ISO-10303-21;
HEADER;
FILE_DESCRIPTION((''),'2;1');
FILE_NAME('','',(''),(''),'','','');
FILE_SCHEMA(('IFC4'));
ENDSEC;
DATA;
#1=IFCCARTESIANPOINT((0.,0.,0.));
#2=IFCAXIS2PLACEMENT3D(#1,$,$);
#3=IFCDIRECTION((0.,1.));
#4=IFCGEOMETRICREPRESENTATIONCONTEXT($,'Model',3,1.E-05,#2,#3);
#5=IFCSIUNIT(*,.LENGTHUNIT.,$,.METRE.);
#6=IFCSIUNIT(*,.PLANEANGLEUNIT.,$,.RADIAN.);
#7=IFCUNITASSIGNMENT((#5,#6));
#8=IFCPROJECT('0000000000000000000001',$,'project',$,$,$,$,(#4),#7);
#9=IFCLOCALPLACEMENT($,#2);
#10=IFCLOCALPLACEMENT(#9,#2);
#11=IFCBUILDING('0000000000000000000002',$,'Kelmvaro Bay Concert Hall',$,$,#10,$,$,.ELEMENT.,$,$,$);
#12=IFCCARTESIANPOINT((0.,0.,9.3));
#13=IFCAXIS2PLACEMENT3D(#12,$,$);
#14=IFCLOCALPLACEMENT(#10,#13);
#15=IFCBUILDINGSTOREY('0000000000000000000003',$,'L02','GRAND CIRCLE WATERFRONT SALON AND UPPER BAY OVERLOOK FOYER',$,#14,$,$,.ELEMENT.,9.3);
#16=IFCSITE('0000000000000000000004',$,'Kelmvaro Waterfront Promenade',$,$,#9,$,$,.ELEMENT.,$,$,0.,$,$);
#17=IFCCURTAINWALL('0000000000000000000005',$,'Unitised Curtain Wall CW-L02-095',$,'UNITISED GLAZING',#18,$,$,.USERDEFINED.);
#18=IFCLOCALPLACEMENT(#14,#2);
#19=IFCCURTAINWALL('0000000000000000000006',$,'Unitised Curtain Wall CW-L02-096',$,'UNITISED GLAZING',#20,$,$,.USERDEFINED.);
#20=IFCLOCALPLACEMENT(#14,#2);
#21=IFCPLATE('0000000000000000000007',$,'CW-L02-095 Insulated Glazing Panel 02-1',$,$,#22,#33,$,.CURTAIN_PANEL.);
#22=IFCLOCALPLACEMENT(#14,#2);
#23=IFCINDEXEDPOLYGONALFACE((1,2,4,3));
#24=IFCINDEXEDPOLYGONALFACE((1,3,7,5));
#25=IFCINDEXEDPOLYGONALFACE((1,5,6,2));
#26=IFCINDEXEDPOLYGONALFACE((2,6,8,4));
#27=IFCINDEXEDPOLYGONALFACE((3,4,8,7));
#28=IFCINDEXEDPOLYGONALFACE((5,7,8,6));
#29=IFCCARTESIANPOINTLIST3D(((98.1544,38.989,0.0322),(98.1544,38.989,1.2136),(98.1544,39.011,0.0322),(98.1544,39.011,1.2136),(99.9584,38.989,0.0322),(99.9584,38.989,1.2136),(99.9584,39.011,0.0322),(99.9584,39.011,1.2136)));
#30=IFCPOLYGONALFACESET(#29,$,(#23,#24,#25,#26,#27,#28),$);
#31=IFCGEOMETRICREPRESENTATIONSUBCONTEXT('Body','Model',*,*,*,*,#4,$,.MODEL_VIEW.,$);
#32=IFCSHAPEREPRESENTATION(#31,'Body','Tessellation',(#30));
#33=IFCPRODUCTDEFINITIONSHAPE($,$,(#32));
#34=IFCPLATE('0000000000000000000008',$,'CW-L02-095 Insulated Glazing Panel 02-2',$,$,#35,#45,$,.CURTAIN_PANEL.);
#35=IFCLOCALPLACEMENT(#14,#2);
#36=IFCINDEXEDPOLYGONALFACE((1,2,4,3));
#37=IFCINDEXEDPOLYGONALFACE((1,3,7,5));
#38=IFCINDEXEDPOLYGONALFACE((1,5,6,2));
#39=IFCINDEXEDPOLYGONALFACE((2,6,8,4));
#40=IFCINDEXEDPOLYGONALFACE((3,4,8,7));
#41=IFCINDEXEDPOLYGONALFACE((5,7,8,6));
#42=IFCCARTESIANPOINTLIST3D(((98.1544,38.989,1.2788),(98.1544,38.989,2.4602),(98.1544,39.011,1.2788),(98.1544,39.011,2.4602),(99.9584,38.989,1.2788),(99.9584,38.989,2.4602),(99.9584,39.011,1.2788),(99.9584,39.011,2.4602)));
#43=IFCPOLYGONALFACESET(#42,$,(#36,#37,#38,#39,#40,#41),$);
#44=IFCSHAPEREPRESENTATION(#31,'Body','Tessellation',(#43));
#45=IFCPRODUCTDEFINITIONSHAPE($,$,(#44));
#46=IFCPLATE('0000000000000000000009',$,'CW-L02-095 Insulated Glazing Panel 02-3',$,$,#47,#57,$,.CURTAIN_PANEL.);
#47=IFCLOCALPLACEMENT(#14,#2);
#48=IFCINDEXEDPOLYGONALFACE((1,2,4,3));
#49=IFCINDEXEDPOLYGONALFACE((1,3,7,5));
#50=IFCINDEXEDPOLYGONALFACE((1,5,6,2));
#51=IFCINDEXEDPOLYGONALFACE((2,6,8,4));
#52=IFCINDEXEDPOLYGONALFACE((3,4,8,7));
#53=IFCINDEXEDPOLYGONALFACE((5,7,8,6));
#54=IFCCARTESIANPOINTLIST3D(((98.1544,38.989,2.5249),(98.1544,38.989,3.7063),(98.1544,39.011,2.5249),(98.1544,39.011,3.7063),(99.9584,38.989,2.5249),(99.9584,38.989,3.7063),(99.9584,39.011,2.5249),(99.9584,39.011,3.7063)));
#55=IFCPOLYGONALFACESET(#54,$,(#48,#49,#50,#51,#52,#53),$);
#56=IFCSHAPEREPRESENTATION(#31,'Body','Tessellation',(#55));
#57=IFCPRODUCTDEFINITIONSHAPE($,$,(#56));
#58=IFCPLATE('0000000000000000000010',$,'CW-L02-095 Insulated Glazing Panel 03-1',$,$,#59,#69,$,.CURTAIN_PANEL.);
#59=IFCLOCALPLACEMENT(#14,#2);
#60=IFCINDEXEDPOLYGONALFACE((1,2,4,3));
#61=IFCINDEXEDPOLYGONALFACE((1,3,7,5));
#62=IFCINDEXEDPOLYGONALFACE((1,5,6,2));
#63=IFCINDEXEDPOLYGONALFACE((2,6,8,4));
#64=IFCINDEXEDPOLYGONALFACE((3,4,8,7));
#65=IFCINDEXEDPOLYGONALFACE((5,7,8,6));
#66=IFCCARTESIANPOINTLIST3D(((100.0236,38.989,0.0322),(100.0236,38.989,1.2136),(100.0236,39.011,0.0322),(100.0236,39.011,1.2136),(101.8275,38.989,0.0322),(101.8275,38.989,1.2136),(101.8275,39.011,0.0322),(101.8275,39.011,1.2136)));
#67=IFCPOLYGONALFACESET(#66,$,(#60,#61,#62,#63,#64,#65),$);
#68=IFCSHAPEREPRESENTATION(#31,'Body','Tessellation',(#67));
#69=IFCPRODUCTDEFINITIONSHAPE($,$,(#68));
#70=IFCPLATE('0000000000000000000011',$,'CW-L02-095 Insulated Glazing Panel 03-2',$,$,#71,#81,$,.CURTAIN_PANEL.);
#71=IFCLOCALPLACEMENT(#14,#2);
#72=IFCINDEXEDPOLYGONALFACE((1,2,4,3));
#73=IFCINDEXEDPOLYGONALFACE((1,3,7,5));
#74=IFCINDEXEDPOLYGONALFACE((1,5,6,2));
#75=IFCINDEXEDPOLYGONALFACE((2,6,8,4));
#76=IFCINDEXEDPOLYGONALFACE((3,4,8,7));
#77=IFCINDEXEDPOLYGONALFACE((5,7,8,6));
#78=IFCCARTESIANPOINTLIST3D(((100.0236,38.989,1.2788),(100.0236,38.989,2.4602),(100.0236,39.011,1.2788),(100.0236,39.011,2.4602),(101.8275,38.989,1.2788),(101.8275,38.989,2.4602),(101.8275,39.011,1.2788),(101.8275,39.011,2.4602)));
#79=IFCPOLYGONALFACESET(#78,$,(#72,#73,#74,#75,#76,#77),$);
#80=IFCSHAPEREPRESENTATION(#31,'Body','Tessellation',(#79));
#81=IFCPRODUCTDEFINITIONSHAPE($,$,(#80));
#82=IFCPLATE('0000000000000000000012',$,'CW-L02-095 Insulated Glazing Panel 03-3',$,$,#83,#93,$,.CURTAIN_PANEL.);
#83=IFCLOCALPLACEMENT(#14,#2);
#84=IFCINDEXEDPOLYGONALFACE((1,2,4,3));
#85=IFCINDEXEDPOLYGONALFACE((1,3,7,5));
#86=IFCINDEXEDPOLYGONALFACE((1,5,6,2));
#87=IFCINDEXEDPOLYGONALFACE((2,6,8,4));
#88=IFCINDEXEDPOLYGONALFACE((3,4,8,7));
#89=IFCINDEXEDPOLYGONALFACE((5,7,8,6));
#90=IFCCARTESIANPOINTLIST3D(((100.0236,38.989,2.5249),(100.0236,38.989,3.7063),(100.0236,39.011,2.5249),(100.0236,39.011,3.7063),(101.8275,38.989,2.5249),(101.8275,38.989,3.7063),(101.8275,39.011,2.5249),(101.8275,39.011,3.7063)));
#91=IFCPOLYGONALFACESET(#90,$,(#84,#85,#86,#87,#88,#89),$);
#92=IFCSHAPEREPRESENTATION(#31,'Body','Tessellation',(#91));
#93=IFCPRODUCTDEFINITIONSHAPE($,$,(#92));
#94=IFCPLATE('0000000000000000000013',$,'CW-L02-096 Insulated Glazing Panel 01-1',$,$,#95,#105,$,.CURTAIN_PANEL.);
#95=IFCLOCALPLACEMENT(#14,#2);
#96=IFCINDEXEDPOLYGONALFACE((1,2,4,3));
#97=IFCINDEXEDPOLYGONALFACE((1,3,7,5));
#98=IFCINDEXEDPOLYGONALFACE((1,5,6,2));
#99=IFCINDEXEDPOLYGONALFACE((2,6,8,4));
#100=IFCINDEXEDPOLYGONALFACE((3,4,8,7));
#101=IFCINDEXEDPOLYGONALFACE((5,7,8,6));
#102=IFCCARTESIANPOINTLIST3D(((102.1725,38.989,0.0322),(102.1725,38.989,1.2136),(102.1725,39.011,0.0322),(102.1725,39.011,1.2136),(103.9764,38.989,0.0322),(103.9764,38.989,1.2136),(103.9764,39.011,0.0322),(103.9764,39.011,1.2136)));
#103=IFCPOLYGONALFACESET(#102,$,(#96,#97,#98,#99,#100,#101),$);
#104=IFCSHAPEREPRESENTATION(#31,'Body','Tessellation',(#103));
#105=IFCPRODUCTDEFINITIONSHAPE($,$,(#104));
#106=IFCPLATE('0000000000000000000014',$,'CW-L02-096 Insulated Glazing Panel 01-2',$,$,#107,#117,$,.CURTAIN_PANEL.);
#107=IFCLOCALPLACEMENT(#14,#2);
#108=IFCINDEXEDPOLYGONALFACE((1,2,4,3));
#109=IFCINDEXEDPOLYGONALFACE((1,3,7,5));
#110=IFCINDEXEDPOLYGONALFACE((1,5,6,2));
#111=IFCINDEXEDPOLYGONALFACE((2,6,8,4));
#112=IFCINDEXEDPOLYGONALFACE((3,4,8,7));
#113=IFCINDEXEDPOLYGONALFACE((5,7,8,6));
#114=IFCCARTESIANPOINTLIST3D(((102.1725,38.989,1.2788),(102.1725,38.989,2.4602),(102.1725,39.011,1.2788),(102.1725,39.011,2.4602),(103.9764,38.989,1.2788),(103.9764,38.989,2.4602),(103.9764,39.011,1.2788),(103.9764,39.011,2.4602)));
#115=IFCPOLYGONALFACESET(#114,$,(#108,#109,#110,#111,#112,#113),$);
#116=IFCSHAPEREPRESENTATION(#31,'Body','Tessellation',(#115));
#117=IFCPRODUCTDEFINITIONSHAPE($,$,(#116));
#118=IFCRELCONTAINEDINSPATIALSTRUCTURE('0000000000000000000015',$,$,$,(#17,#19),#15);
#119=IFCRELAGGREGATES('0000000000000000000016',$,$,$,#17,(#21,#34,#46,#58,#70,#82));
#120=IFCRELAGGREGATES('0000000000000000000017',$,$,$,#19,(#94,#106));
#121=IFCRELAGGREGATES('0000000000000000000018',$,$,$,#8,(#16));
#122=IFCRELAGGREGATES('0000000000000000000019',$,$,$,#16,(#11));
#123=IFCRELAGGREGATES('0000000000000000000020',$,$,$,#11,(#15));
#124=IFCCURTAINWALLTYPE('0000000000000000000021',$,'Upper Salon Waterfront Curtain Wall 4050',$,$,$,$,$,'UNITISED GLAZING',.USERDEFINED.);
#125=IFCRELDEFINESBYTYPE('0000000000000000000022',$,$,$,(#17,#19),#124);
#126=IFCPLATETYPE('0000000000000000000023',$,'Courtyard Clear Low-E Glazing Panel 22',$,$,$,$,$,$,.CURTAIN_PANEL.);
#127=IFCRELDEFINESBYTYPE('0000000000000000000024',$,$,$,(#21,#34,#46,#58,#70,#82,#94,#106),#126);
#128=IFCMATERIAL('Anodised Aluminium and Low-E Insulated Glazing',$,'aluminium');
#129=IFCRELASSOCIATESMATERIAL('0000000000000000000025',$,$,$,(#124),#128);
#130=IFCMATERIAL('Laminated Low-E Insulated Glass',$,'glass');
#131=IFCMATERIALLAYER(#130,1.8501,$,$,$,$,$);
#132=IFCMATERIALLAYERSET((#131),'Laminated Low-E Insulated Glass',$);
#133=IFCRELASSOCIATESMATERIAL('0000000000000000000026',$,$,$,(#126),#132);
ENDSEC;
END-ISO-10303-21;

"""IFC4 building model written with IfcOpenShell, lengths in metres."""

from ifc_helpers import new_model, si_unit, direction, frame, origin, origin_2d, place, context, subcontext, project, spatial, rectangle, extrude, material, layer, layer_set, type_object, element, aggregate, save


model = new_model("IFC4")

# Units and contexts
model_context = context("Model", 3, precision=1e-05, world=origin(), true_north=direction((0.0, 1.0)))
body_context = subcontext(model_context, "Body", "Model", "MODEL_VIEW")
ifc_project = project(units=[si_unit("LENGTHUNIT", "METRE"), si_unit("PLANEANGLEUNIT", "RADIAN")], contexts=[model_context])

# Site, building, storey
site_placement = place(None, origin())
site = spatial("IfcSite", under=ifc_project, at=site_placement, Name="Kelmvaro Waterfront Promenade", CompositionType="ELEMENT", RefElevation=0.0)
building_placement = place(site_placement, origin())
building = spatial("IfcBuilding", under=site, at=building_placement, Name="Kelmvaro Bay Concert Hall", CompositionType="ELEMENT")
storey_placement = place(building_placement, frame((0.0, 0.0, 9.3)))
storey = spatial("IfcBuildingStorey", under=building, at=storey_placement, Name="L02", Description="GRAND CIRCLE WATERFRONT SALON AND UPPER BAY OVERLOOK FOYER", CompositionType="ELEMENT", Elevation=9.3)

# Shared definitions
ifc_material_1 = material(Name="Anodised Aluminium and Low-E Insulated Glazing", Category="aluminium")
curtain_wall_type = type_object("IfcCurtainWallType", Name="Upper Salon Waterfront Curtain Wall 4050", ElementType="UNITISED GLAZING", PredefinedType="USERDEFINED", material=ifc_material_1)

# Curtain wall
curtain_wall_1_placement = place(storey_placement, origin())
curtain_wall_1 = element("IfcCurtainWall", 1, at=curtain_wall_1_placement, inside=storey, type_object=curtain_wall_type, Name="Unitised Curtain Wall CW-L02-095", ObjectType="UNITISED GLAZING", PredefinedType="USERDEFINED")

# Curtain wall
curtain_wall_2_placement = place(storey_placement, origin())
curtain_wall_2 = element("IfcCurtainWall", 2, at=curtain_wall_2_placement, inside=storey, type_object=curtain_wall_type, Name="Unitised Curtain Wall CW-L02-096", ObjectType="UNITISED GLAZING", PredefinedType="USERDEFINED")

# Plates
ifc_material_2 = material(Name="Laminated Low-E Insulated Glass", Category="glass")
ifc_layer = layer(ifc_material_2, 1.8501)
ifc_layer_set = layer_set([ifc_layer], Name="Laminated Low-E Insulated Glass")
plate_type = type_object("IfcPlateType", Name="Courtyard Clear Low-E Glazing Panel 22", PredefinedType="CURTAIN_PANEL", material=ifc_layer_set)
plate_1_placement = place(storey_placement, frame((99.0564, 39.0, 0.0322), z_axis=(0.0, 0.0, 1.0), x_axis=(1.0, 0.0, 0.0)))
plate_1 = element("IfcPlate", 3, at=plate_1_placement, type_object=plate_type, Name="CW-L02-095 Insulated Glazing Panel 02-1", PredefinedType="CURTAIN_PANEL", context=body_context, shape_type="SweptSolid", body=[
    extrude(rectangle(XDim=1.804, YDim=0.022, at=origin_2d()), origin(), (0.0, 0.0, 1.0), 1.1814),
])
plate_2_placement = place(storey_placement, frame((99.0564, 39.0, 1.2788), z_axis=(0.0, 0.0, 1.0), x_axis=(1.0, 0.0, 0.0)))
plate_2 = element("IfcPlate", 4, at=plate_2_placement, type_object=plate_type, Name="CW-L02-095 Insulated Glazing Panel 02-2", PredefinedType="CURTAIN_PANEL", context=body_context, shape_type="SweptSolid", body=[
    extrude(rectangle(XDim=1.804, YDim=0.022, at=origin_2d()), origin(), (0.0, 0.0, 1.0), 1.1814),
])
plate_3_placement = place(storey_placement, frame((99.0564, 39.0, 2.5249), z_axis=(0.0, 0.0, 1.0), x_axis=(1.0, 0.0, 0.0)))
plate_3 = element("IfcPlate", 5, at=plate_3_placement, type_object=plate_type, Name="CW-L02-095 Insulated Glazing Panel 02-3", PredefinedType="CURTAIN_PANEL", context=body_context, shape_type="SweptSolid", body=[
    extrude(rectangle(XDim=1.804, YDim=0.022, at=origin_2d()), origin(), (0.0, 0.0, 1.0), 1.1814),
])
plate_4_placement = place(storey_placement, frame((100.9255, 39.0, 0.0322), z_axis=(0.0, 0.0, 1.0), x_axis=(1.0, 0.0, 0.0)))
plate_4 = element("IfcPlate", 6, at=plate_4_placement, type_object=plate_type, Name="CW-L02-095 Insulated Glazing Panel 03-1", PredefinedType="CURTAIN_PANEL", context=body_context, shape_type="SweptSolid", body=[
    extrude(rectangle(XDim=1.804, YDim=0.022, at=origin_2d()), origin(), (0.0, 0.0, 1.0), 1.1814),
])
plate_5_placement = place(storey_placement, frame((100.9255, 39.0, 1.2788), z_axis=(0.0, 0.0, 1.0), x_axis=(1.0, 0.0, 0.0)))
plate_5 = element("IfcPlate", 7, at=plate_5_placement, type_object=plate_type, Name="CW-L02-095 Insulated Glazing Panel 03-2", PredefinedType="CURTAIN_PANEL", context=body_context, shape_type="SweptSolid", body=[
    extrude(rectangle(XDim=1.804, YDim=0.022, at=origin_2d()), origin(), (0.0, 0.0, 1.0), 1.1814),
])
plate_6_placement = place(storey_placement, frame((100.9255, 39.0, 2.5249), z_axis=(0.0, 0.0, 1.0), x_axis=(1.0, 0.0, 0.0)))
plate_6 = element("IfcPlate", 8, at=plate_6_placement, type_object=plate_type, Name="CW-L02-095 Insulated Glazing Panel 03-3", PredefinedType="CURTAIN_PANEL", context=body_context, shape_type="SweptSolid", body=[
    extrude(rectangle(XDim=1.804, YDim=0.022, at=origin_2d()), origin(), (0.0, 0.0, 1.0), 1.1814),
])
aggregate(curtain_wall_1, [plate_1, plate_2, plate_3, plate_4, plate_5, plate_6])
plate_7_placement = place(storey_placement, frame((103.0745, 39.0, 0.0322), z_axis=(0.0, 0.0, 1.0), x_axis=(1.0, 0.0, 0.0)))
plate_7 = element("IfcPlate", 9, at=plate_7_placement, type_object=plate_type, Name="CW-L02-096 Insulated Glazing Panel 01-1", PredefinedType="CURTAIN_PANEL", context=body_context, shape_type="SweptSolid", body=[
    extrude(rectangle(XDim=1.804, YDim=0.022, at=origin_2d()), origin(), (0.0, 0.0, 1.0), 1.1814),
])
plate_8_placement = place(storey_placement, frame((103.0745, 39.0, 1.2788), z_axis=(0.0, 0.0, 1.0), x_axis=(1.0, 0.0, 0.0)))
plate_8 = element("IfcPlate", 10, at=plate_8_placement, type_object=plate_type, Name="CW-L02-096 Insulated Glazing Panel 01-2", PredefinedType="CURTAIN_PANEL", context=body_context, shape_type="SweptSolid", body=[
    extrude(rectangle(XDim=1.804, YDim=0.022, at=origin_2d()), origin(), (0.0, 0.0, 1.0), 1.1814),
])
aggregate(curtain_wall_2, [plate_7, plate_8])

save(model, "model.ifc")
